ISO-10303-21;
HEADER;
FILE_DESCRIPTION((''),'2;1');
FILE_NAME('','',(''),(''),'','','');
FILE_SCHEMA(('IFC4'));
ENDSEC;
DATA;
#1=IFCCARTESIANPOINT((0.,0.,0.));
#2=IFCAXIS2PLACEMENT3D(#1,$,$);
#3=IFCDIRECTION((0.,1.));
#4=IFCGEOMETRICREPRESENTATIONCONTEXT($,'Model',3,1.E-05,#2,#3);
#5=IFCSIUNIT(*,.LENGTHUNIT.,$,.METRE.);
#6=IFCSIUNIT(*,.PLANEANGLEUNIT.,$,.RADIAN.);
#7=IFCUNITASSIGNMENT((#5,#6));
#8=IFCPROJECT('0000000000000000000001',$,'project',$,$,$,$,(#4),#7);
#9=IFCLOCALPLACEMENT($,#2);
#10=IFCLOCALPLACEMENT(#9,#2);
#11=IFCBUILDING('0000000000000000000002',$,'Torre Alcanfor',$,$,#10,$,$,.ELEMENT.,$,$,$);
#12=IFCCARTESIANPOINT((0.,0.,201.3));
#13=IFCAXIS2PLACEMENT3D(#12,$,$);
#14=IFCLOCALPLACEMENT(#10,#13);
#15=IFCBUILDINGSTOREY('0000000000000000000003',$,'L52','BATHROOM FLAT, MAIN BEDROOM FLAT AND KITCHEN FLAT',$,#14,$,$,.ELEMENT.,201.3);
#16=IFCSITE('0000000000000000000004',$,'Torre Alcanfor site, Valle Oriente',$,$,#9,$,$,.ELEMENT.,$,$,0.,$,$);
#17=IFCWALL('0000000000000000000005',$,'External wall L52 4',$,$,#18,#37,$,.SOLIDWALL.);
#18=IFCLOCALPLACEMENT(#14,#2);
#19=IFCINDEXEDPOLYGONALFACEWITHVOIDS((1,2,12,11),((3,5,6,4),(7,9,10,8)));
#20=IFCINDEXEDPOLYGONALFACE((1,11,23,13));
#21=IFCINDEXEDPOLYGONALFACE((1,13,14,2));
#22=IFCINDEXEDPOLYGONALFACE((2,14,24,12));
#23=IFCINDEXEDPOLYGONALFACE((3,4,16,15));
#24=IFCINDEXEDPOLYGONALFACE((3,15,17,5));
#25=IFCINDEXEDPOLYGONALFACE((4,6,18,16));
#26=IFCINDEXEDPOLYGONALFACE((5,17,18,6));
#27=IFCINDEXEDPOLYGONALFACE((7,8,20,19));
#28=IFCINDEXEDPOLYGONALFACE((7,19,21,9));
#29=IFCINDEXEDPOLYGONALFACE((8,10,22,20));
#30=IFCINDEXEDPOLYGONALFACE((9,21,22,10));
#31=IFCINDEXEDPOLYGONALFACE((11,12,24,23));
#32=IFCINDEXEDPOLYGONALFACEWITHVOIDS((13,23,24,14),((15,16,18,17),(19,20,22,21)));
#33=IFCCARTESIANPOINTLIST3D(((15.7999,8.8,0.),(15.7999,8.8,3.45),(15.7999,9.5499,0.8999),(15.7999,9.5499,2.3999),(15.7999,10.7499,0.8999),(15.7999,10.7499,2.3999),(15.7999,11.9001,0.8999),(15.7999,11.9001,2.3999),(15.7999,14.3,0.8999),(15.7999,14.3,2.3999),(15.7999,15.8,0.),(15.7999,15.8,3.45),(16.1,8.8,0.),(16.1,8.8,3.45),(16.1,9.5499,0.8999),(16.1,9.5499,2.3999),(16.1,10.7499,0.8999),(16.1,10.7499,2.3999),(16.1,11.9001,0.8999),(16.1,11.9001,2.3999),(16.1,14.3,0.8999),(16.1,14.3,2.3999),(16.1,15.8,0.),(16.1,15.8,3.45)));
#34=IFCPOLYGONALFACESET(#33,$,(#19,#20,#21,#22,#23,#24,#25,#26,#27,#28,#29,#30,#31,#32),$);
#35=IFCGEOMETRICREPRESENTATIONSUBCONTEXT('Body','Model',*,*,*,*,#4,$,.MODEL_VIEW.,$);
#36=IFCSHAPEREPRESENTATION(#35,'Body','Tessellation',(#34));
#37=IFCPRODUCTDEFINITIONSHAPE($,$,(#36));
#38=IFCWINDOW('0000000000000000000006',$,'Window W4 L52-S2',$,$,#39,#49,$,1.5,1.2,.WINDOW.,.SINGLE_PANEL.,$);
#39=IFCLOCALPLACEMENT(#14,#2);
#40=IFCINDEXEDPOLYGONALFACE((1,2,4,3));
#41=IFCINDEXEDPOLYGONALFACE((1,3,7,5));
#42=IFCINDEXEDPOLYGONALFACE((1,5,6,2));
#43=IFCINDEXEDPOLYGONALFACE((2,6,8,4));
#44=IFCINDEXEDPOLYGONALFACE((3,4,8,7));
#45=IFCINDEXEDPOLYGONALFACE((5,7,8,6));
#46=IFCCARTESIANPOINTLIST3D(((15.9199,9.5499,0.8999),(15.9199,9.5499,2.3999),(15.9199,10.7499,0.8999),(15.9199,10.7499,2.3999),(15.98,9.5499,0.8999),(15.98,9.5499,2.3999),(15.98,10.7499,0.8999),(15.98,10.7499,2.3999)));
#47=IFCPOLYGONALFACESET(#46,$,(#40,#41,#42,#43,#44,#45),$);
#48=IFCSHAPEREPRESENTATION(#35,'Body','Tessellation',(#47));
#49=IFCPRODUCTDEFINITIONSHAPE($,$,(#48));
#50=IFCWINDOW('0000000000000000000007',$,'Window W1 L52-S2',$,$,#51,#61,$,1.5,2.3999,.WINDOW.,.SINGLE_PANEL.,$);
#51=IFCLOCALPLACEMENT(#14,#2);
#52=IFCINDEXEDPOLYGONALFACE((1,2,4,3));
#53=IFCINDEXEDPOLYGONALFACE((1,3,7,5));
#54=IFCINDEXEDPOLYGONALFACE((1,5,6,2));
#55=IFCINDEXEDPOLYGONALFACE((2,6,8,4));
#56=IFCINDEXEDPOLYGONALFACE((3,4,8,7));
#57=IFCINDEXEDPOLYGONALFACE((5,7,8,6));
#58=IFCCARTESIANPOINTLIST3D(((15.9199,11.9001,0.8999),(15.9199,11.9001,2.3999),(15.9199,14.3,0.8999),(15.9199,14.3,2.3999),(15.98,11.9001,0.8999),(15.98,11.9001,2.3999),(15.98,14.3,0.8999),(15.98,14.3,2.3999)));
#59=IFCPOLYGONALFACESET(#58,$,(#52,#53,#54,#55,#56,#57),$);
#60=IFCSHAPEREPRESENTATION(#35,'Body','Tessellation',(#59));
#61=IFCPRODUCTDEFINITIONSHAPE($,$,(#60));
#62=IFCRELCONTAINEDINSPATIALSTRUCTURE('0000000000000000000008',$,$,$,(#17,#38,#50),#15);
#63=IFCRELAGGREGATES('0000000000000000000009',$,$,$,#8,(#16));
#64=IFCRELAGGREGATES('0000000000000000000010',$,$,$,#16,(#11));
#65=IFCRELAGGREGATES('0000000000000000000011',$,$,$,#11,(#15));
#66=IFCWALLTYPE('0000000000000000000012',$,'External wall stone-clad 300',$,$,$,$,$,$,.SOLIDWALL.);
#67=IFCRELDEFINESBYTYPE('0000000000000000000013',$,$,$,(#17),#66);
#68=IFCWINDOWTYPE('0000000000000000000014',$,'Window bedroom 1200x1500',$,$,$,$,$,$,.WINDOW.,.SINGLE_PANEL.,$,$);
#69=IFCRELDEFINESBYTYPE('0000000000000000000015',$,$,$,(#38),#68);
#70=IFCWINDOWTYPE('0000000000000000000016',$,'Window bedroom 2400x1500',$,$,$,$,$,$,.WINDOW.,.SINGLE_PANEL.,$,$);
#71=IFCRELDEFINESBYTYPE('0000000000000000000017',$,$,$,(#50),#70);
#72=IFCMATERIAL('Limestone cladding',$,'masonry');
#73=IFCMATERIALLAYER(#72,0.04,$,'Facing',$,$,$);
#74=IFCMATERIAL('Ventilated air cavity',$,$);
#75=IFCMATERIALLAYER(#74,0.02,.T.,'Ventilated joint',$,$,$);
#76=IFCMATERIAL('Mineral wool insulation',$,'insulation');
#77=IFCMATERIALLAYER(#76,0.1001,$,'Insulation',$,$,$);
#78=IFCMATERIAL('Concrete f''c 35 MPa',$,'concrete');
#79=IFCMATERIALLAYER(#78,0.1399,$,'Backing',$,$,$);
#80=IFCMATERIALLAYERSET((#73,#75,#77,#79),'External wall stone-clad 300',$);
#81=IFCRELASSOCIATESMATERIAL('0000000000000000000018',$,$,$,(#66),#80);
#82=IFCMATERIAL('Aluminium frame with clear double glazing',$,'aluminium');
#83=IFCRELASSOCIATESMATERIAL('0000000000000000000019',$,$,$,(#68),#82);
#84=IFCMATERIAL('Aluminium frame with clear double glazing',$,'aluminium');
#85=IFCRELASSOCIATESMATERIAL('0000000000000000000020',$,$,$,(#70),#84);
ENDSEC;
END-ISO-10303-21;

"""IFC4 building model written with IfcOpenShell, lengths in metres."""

from ifc_helpers import new_model, si_unit, direction, frame, frame_2d, origin, place, context, subcontext, project, spatial, rectangle, extrude, material, layer, layer_set, type_object, element, fill, save


model = new_model("IFC4")

# Units and contexts
model_context = context("Model", 3, precision=1e-05, world=origin(), true_north=direction((0.0, 1.0)))
body_context = subcontext(model_context, "Body", "Model", "MODEL_VIEW")
ifc_project = project(units=[si_unit("LENGTHUNIT", "METRE"), si_unit("PLANEANGLEUNIT", "RADIAN")], contexts=[model_context])

# Site, building, storey
site_placement = place(None, origin())
site = spatial("IfcSite", under=ifc_project, at=site_placement, Name="Torre Alcanfor site, Valle Oriente", CompositionType="ELEMENT", RefElevation=0.0)
building_placement = place(site_placement, origin())
building = spatial("IfcBuilding", under=site, at=building_placement, Name="Torre Alcanfor", CompositionType="ELEMENT")
storey_placement = place(building_placement, frame((0.0, 0.0, 201.3)))
storey = spatial("IfcBuildingStorey", under=building, at=storey_placement, Name="L52", Description="BATHROOM FLAT, MAIN BEDROOM FLAT AND KITCHEN FLAT", CompositionType="ELEMENT", Elevation=201.3)

# Shared definitions
ifc_material_1 = material(Name="Limestone cladding", Category="masonry")
ifc_layer_1 = layer(ifc_material_1, 0.04, Name="Facing")
ifc_material_2 = material(Name="Ventilated air cavity")
ifc_layer_2 = layer(ifc_material_2, 0.02, ventilated=True, Name="Ventilated joint")
ifc_material_3 = material(Name="Mineral wool insulation", Category="insulation")
ifc_layer_3 = layer(ifc_material_3, 0.1001, Name="Insulation")
ifc_material_4 = material(Name="Concrete f'c 35 MPa", Category="concrete")
ifc_layer_4 = layer(ifc_material_4, 0.1399, Name="Backing")
ifc_layer_set_1 = layer_set([ifc_layer_1, ifc_layer_2, ifc_layer_3, ifc_layer_4], Name="External wall stone-clad 300")
wall_type_1 = type_object("IfcWallType", Name="External wall stone-clad 300", PredefinedType="SOLIDWALL", material=ifc_layer_set_1)
ifc_material_5 = material(Name="Aluminium frame with clear double glazing", Category="aluminium")
window_type_1 = type_object("IfcWindowType", Name="Window bedroom 1200x1500", PartitioningType="SINGLE_PANEL", PredefinedType="WINDOW", material=ifc_material_5)

# Wall, openings, windows
wall_1_placement = place(storey_placement, frame((15.95, 15.8, 0.0), z_axis=(0.0, 0.0, 1.0), x_axis=(0.0, -1.0, 0.0)))
wall_1 = element("IfcWall", 1, at=wall_1_placement, inside=storey, type_object=wall_type_1, Name="External wall L52 4", PredefinedType="SOLIDWALL", context=body_context, shape_type="SweptSolid", body=[
    extrude(rectangle(XDim=7.0, YDim=0.3, at=frame_2d((3.5, 0.0))), origin(), (0.0, 0.0, 1.0), 3.45),
])
opening_1_placement = place(wall_1_placement, frame((1.5, 0.0, 0.8999)))
opening_1 = element("IfcOpeningElement", 2, at=opening_1_placement, cuts=wall_1, PredefinedType="OPENING", context=body_context, shape_type="SweptSolid", body=[
    extrude(rectangle(XDim=2.3999, YDim=1.5, at=frame_2d((1.2, 0.75))), frame((0.0, 0.1599, 0.0), z_axis=(0.0, -1.0, 0.0), x_axis=(1.0, 0.0, 0.0)), (0.0, 0.0, 1.0), 0.3201),
])
opening_2_placement = place(wall_1_placement, frame((5.05, 0.0, 0.8999)))
opening_2 = element("IfcOpeningElement", 3, at=opening_2_placement, cuts=wall_1, PredefinedType="OPENING", context=body_context, shape_type="SweptSolid", body=[
    extrude(rectangle(XDim=1.2, YDim=1.5, at=frame_2d((0.6001, 0.75))), frame((0.0, 0.1599, 0.0), z_axis=(0.0, -1.0, 0.0), x_axis=(1.0, 0.0, 0.0)), (0.0, 0.0, 1.0), 0.3201),
])
window_1_placement = place(opening_2_placement, origin())
window_1 = element("IfcWindow", 4, at=window_1_placement, inside=storey, type_object=window_type_1, Name="Window W4 L52-S2", OverallHeight=1.5, OverallWidth=1.2, PartitioningType="SINGLE_PANEL", PredefinedType="WINDOW", context=body_context, shape_type="SweptSolid", body=[
    extrude(rectangle(XDim=1.2, YDim=1.5, at=frame_2d((0.6001, 0.75))), frame((0.0, 0.03, 0.0), z_axis=(0.0, -1.0, 0.0), x_axis=(1.0, 0.0, 0.0)), (0.0, 0.0, 1.0), 0.0601),
])
fill(opening_2, window_1)
ifc_material_6 = material(Name="Aluminium frame with clear double glazing", Category="aluminium")
window_type_2 = type_object("IfcWindowType", Name="Window bedroom 2400x1500", PartitioningType="SINGLE_PANEL", PredefinedType="WINDOW", material=ifc_material_6)
window_2_placement = place(opening_1_placement, origin())
window_2 = element("IfcWindow", 5, at=window_2_placement, inside=storey, type_object=window_type_2, Name="Window W1 L52-S2", OverallHeight=1.5, OverallWidth=2.3999, PartitioningType="SINGLE_PANEL", PredefinedType="WINDOW", context=body_context, shape_type="SweptSolid", body=[
    extrude(rectangle(XDim=2.3999, YDim=1.5, at=frame_2d((1.2, 0.75))), frame((0.0, 0.03, 0.0), z_axis=(0.0, -1.0, 0.0), x_axis=(1.0, 0.0, 0.0)), (0.0, 0.0, 1.0), 0.0601),
])
fill(opening_1, window_2)

save(model, "model.ifc")
